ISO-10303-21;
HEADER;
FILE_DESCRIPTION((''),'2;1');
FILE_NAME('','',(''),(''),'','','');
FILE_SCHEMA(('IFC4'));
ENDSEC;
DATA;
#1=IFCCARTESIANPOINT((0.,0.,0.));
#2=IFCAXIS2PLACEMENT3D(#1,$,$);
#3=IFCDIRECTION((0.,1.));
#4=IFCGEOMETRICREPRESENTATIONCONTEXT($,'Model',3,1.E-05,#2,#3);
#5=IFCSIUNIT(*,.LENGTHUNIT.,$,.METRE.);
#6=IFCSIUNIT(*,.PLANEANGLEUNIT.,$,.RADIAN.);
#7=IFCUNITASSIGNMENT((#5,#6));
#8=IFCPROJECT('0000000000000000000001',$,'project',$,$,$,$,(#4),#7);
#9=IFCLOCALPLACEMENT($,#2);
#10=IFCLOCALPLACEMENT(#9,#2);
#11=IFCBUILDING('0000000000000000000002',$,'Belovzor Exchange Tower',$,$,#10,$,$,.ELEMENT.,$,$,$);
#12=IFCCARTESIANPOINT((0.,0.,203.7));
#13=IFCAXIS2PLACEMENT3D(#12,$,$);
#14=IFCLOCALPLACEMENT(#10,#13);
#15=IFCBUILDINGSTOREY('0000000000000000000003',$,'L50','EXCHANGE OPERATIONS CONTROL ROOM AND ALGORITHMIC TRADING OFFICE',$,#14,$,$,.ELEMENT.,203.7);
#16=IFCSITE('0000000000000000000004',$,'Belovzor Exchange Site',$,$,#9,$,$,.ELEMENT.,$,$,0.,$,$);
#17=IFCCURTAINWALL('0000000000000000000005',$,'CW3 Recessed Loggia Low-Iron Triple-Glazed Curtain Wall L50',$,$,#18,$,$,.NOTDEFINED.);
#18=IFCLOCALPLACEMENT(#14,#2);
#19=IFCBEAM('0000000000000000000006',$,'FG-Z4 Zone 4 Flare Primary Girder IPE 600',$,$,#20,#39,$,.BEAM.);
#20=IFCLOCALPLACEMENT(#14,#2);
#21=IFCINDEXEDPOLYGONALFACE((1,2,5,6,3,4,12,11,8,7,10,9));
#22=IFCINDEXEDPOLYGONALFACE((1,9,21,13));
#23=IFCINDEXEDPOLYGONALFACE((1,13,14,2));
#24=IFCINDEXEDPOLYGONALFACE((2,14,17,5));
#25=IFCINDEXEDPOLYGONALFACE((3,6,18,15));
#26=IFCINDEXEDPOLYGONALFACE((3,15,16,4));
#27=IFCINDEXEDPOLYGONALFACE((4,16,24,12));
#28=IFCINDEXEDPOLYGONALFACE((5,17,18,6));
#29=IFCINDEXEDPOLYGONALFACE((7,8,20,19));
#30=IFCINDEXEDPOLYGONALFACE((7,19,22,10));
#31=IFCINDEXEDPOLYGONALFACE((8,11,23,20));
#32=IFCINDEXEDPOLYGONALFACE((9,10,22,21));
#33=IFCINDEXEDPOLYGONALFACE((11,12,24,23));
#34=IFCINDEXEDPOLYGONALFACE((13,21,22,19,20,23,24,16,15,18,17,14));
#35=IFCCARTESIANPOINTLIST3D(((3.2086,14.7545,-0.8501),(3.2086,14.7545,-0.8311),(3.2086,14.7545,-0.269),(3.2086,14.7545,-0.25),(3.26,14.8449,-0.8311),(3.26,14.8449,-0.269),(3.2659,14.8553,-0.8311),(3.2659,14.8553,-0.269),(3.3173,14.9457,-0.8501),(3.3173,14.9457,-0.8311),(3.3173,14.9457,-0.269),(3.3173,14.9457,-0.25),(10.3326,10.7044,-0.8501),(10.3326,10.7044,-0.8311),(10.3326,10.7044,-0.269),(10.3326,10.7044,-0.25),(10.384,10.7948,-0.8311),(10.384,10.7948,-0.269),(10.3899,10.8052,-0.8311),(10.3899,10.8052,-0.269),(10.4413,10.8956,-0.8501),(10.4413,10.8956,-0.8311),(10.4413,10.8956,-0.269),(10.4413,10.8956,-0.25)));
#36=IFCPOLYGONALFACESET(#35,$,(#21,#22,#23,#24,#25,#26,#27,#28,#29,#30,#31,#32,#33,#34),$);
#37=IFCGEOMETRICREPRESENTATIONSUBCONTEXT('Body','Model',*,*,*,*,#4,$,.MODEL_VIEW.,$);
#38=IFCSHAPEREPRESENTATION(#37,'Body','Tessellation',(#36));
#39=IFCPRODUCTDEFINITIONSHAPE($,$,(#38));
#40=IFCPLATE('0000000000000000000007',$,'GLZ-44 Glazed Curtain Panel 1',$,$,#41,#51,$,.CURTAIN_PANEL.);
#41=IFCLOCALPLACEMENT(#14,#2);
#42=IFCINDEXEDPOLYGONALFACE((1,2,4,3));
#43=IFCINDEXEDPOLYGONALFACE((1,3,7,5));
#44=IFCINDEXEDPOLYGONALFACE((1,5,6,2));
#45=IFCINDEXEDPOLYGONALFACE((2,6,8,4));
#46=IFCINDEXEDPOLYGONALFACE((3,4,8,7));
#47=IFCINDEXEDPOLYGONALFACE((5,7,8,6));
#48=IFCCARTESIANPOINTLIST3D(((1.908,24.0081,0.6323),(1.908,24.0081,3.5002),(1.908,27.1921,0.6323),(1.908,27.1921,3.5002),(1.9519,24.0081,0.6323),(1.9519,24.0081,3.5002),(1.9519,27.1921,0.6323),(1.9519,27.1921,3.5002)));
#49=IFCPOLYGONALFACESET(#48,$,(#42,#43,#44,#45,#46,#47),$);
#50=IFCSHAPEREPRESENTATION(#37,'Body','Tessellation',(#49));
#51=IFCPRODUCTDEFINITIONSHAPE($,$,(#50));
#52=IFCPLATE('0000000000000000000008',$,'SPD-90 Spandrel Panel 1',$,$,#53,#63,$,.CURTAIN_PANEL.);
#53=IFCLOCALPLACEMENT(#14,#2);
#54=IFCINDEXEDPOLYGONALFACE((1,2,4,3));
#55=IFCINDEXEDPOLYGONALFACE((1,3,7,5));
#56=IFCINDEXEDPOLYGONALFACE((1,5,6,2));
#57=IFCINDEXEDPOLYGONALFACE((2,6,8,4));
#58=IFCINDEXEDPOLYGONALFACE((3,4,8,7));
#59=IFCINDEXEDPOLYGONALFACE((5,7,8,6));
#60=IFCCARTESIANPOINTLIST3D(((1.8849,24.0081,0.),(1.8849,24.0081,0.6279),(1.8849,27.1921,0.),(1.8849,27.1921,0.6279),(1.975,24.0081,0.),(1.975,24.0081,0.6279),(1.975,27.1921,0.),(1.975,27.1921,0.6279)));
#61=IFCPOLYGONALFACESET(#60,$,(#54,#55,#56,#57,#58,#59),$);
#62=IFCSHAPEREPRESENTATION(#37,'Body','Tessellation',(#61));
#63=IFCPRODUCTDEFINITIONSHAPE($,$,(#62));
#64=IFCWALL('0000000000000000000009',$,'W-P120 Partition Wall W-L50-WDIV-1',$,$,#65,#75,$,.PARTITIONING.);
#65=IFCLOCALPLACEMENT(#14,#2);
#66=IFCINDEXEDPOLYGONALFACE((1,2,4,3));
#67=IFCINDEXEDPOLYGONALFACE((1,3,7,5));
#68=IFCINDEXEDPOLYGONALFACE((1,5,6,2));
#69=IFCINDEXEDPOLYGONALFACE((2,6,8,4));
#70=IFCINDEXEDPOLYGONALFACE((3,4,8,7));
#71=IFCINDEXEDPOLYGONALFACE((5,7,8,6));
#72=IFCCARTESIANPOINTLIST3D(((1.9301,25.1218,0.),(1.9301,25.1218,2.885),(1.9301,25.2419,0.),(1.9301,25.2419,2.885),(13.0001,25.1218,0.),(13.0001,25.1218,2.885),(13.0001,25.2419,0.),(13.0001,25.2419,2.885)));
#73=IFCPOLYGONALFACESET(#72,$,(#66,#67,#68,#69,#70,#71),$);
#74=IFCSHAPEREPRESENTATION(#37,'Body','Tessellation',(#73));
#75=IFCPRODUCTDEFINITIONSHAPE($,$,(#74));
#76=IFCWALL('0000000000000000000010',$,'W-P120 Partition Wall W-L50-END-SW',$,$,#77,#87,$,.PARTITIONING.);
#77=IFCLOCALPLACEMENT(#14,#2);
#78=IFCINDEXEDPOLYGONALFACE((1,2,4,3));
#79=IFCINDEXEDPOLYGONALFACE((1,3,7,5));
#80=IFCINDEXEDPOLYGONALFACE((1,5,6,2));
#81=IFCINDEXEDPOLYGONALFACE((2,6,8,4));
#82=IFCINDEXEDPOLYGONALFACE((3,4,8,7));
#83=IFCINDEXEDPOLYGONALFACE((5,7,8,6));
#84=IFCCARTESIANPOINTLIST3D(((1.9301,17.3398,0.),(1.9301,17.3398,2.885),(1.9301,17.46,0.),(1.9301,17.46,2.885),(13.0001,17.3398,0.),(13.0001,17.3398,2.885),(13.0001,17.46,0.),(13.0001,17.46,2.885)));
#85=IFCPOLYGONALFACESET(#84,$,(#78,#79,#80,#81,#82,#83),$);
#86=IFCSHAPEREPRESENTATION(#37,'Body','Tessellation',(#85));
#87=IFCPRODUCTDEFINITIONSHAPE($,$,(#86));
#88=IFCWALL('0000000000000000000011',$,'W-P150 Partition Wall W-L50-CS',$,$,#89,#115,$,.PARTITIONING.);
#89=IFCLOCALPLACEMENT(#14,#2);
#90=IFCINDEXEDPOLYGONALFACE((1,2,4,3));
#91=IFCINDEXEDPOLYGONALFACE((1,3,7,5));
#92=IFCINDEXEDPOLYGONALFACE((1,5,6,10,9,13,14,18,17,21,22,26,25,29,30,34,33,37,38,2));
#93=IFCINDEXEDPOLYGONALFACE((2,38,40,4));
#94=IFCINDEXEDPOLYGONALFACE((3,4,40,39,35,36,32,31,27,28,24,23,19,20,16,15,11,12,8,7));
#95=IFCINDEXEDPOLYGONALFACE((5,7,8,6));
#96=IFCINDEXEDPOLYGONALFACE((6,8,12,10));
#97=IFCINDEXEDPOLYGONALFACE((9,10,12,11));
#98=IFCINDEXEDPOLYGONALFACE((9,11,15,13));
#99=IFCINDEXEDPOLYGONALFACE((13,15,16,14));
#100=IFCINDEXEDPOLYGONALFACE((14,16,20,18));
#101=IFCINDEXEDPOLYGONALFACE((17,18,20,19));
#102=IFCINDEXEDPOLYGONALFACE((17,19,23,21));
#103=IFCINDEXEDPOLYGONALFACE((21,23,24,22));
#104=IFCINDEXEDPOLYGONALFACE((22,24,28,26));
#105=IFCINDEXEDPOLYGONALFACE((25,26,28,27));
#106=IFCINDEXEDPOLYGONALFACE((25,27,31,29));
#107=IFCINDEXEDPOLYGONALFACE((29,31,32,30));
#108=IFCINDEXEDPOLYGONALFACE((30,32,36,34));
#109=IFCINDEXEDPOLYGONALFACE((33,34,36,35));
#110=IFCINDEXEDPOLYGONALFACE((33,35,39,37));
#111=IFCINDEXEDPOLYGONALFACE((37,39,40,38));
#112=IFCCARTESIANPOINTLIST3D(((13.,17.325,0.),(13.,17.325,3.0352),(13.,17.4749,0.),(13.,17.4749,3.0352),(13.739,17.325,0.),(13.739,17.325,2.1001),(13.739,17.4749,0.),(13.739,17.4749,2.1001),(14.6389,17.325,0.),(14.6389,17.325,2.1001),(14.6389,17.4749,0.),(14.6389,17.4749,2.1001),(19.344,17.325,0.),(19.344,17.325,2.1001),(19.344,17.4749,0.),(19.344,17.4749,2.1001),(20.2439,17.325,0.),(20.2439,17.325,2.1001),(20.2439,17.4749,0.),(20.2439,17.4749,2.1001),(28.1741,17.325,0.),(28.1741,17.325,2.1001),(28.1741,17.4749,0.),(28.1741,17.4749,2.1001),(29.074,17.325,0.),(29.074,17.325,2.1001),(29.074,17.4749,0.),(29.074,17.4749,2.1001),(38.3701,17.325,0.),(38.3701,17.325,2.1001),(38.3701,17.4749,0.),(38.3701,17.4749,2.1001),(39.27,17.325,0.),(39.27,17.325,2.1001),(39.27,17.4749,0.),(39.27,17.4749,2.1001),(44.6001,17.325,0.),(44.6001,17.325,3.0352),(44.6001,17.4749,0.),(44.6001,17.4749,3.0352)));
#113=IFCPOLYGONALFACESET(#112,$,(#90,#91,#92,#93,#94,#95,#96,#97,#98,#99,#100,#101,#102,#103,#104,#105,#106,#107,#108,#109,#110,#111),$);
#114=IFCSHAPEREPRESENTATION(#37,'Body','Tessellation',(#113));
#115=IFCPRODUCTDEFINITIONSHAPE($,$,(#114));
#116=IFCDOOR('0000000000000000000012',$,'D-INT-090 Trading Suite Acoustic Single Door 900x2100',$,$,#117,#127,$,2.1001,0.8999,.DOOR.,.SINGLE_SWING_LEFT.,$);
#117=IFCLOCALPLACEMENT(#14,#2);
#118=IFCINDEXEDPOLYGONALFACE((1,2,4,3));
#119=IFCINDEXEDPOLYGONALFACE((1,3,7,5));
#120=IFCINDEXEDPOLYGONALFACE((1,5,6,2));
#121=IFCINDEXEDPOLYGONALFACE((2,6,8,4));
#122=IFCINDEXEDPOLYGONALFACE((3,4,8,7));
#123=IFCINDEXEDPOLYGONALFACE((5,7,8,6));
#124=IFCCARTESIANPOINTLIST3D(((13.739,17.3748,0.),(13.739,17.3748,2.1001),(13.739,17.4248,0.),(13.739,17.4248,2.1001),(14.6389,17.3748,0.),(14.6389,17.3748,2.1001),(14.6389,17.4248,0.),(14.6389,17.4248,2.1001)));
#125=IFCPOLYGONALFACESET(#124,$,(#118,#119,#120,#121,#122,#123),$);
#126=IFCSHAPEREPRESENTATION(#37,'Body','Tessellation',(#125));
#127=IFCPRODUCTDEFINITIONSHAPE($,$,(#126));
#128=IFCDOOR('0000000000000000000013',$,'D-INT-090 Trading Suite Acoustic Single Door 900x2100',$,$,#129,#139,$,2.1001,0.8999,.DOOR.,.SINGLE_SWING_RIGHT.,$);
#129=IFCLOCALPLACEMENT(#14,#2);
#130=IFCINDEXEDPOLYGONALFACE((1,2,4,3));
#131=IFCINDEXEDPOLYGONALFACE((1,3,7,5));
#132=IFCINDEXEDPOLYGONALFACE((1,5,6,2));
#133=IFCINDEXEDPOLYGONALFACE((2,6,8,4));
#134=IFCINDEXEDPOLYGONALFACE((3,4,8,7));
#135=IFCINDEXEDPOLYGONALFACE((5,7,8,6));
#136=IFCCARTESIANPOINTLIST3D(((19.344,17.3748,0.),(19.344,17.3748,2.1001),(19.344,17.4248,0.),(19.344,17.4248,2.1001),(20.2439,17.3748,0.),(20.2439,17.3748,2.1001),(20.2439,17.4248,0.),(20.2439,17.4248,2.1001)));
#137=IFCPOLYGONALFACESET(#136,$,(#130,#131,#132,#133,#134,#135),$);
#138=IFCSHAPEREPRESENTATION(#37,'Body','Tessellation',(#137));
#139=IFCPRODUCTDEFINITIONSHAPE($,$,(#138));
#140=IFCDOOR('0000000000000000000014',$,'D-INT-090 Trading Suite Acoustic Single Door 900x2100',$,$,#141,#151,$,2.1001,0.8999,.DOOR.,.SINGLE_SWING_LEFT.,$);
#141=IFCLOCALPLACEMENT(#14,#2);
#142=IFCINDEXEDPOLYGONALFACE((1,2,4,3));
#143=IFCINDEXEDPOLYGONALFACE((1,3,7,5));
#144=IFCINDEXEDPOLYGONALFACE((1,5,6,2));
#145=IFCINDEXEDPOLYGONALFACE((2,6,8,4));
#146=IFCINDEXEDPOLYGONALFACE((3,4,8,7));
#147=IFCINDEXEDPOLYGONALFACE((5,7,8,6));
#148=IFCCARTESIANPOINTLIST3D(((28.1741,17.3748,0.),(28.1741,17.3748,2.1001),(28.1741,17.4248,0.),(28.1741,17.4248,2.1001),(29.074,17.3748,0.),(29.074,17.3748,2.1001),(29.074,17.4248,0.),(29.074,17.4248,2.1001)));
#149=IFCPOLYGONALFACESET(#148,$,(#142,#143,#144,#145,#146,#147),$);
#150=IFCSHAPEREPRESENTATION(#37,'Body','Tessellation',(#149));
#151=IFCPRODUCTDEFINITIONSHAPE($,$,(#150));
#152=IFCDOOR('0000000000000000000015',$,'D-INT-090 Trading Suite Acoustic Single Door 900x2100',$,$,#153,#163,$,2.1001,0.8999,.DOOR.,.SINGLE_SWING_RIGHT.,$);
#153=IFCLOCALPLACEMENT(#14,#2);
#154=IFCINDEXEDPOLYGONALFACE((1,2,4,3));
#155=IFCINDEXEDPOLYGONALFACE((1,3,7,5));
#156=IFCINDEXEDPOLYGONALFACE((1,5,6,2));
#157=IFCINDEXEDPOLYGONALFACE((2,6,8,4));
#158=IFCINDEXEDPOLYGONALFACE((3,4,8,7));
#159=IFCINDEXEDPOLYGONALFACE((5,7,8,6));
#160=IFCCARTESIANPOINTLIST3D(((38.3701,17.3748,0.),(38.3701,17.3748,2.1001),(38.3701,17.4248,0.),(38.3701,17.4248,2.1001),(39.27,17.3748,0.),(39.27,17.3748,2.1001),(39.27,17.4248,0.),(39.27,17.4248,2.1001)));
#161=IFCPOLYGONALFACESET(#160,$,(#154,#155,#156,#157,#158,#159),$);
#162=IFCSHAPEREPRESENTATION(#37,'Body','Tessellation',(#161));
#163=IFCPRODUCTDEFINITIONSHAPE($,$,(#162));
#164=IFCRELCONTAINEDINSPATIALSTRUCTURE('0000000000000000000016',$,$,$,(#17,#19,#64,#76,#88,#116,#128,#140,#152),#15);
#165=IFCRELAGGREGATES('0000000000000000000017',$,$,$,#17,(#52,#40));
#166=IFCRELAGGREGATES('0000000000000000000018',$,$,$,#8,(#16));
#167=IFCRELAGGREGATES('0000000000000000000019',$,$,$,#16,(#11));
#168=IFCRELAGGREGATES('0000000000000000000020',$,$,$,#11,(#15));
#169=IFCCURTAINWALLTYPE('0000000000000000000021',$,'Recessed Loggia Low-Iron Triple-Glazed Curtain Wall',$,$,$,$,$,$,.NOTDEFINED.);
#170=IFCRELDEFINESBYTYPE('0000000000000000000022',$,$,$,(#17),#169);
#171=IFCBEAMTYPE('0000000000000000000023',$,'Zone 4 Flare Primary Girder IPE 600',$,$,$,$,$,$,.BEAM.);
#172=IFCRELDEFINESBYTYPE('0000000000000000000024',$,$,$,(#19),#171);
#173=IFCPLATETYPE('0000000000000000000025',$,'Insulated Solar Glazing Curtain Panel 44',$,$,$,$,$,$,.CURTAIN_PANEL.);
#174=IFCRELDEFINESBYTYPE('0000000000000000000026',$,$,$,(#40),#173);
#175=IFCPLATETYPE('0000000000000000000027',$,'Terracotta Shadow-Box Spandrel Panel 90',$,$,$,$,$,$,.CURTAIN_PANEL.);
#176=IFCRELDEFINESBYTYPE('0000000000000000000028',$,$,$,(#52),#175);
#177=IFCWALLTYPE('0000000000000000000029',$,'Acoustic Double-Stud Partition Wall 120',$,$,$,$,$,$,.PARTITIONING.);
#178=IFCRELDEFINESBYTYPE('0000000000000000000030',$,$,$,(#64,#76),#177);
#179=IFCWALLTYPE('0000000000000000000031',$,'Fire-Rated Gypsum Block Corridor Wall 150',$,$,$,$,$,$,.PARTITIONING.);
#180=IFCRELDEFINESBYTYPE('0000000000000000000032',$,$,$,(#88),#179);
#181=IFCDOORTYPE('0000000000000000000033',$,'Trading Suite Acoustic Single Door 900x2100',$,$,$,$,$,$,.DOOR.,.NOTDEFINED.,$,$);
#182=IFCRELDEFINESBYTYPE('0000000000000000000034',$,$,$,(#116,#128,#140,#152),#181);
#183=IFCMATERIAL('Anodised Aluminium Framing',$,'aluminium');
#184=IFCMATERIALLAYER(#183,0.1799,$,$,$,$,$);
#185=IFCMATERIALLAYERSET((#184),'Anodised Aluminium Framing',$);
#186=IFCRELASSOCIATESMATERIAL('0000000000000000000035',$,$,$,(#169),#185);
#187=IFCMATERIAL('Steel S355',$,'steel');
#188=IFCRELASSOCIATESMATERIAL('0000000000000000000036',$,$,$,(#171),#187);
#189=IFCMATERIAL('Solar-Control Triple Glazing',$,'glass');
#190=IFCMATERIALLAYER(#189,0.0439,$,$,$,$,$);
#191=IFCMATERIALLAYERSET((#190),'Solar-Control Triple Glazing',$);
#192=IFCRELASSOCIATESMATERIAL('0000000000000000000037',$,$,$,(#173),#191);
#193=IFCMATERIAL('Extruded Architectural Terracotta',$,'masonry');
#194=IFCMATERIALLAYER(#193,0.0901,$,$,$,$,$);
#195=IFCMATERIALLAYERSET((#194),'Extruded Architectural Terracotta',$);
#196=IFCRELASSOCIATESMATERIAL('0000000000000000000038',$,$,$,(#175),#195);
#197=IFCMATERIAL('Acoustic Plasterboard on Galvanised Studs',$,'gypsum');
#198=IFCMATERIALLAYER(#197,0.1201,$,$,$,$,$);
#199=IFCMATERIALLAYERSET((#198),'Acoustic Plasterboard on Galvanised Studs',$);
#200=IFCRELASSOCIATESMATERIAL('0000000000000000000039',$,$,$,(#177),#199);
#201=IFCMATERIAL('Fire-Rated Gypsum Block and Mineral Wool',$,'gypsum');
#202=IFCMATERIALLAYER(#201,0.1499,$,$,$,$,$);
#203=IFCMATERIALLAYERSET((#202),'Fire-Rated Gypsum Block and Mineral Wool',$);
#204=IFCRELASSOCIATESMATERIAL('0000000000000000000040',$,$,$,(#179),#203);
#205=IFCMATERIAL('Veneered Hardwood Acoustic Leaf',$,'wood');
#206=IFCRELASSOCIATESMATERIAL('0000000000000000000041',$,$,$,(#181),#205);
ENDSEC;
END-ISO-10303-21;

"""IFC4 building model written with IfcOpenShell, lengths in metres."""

from ifc_helpers import new_model, si_unit, direction, frame, frame_2d, origin, origin_2d, place, context, subcontext, project, spatial, rectangle, i_section, extrude, material, layer, layer_set, material_profile, profile_set, type_object, element, fill, aggregate, save


model = new_model("IFC4")

# Units and contexts
model_context = context("Model", 3, precision=1e-05, world=origin(), true_north=direction((0.0, 1.0)))
body_context = subcontext(model_context, "Body", "Model", "MODEL_VIEW")
ifc_project = project(units=[si_unit("LENGTHUNIT", "METRE"), si_unit("PLANEANGLEUNIT", "RADIAN")], contexts=[model_context])

# Site, building, storey
site_placement = place(None, origin())
site = spatial("IfcSite", under=ifc_project, at=site_placement, Name="Belovzor Exchange Site", CompositionType="ELEMENT", RefElevation=0.0)
building_placement = place(site_placement, origin())
building = spatial("IfcBuilding", under=site, at=building_placement, Name="Belovzor Exchange Tower", CompositionType="ELEMENT")
storey_placement = place(building_placement, frame((0.0, 0.0, 203.7)))
storey = spatial("IfcBuildingStorey", under=building, at=storey_placement, Name="L50", Description="EXCHANGE OPERATIONS CONTROL ROOM AND ALGORITHMIC TRADING OFFICE", CompositionType="ELEMENT", Elevation=203.7)

# Curtain wall
ifc_material_1 = material(Name="Anodised Aluminium Framing", Category="aluminium")
ifc_layer_1 = layer(ifc_material_1, 0.1799)
ifc_layer_set_1 = layer_set([ifc_layer_1], Name="Anodised Aluminium Framing")
curtain_wall_type = type_object("IfcCurtainWallType", Name="Recessed Loggia Low-Iron Triple-Glazed Curtain Wall", PredefinedType="NOTDEFINED", material=ifc_layer_set_1)
curtain_wall_placement = place(storey_placement, origin())
curtain_wall = element("IfcCurtainWall", 1, at=curtain_wall_placement, inside=storey, type_object=curtain_wall_type, Name="CW3 Recessed Loggia Low-Iron Triple-Glazed Curtain Wall L50", PredefinedType="NOTDEFINED")

# Beam
ifc_material_2 = material(Name="Steel S355", Category="steel")
ifc_material_profile_1 = material_profile(ifc_material_2, i_section(OverallWidth=0.22, OverallDepth=0.6001, WebThickness=0.012, FlangeThickness=0.019, at=origin_2d()))
ifc_profile_set_1 = profile_set([ifc_material_profile_1], Name="Steel S355")
beam_type_1 = type_object("IfcBeamType", Name="Zone 4 Flare Primary Girder IPE 600", PredefinedType="BEAM", material=ifc_profile_set_1)
beam_1_placement = place(storey_placement, frame((3.2629, 14.8501, -0.55), z_axis=(0.869336, -0.494222, 0.0), x_axis=(0.494222, 0.869336, 0.0)))
element("IfcBeam", 2, at=beam_1_placement, inside=storey, type_object=beam_type_1, Name="FG-Z4 Zone 4 Flare Primary Girder IPE 600", PredefinedType="BEAM", context=body_context, shape_type="SweptSolid", body=[
    extrude(i_section(OverallWidth=0.22, OverallDepth=0.6001, WebThickness=0.012, FlangeThickness=0.019, at=origin_2d()), origin(), (0.0, 0.0, 1.0), 8.1948),
])

# Plates
ifc_material_3 = material(Name="Solar-Control Triple Glazing", Category="glass")
ifc_layer_2 = layer(ifc_material_3, 0.0439)
ifc_layer_set_2 = layer_set([ifc_layer_2], Name="Solar-Control Triple Glazing")
plate_type_1 = type_object("IfcPlateType", Name="Insulated Solar Glazing Curtain Panel 44", PredefinedType="CURTAIN_PANEL", material=ifc_layer_set_2)
plate_1_placement = place(storey_placement, frame((1.9299, 25.6001, 0.6323), z_axis=(0.0, 0.0, 1.0), x_axis=(0.0, 1.0, 0.0)))
plate_1 = element("IfcPlate", 3, at=plate_1_placement, type_object=plate_type_1, Name="GLZ-44 Glazed Curtain Panel 1", PredefinedType="CURTAIN_PANEL", context=body_context, shape_type="SweptSolid", body=[
    extrude(rectangle(XDim=3.1841, YDim=0.0439, at=origin_2d()), origin(), (0.0, 0.0, 1.0), 2.8679),
])
ifc_material_4 = material(Name="Extruded Architectural Terracotta", Category="masonry")
ifc_layer_3 = layer(ifc_material_4, 0.0901)
ifc_layer_set_3 = layer_set([ifc_layer_3], Name="Extruded Architectural Terracotta")
plate_type_2 = type_object("IfcPlateType", Name="Terracotta Shadow-Box Spandrel Panel 90", PredefinedType="CURTAIN_PANEL", material=ifc_layer_set_3)
plate_2_placement = place(storey_placement, frame((1.9299, 25.6001, 0.0), z_axis=(0.0, 0.0, 1.0), x_axis=(0.0, 1.0, 0.0)))
plate_2 = element("IfcPlate", 4, at=plate_2_placement, type_object=plate_type_2, Name="SPD-90 Spandrel Panel 1", PredefinedType="CURTAIN_PANEL", context=body_context, shape_type="SweptSolid", body=[
    extrude(rectangle(XDim=3.1841, YDim=0.0901, at=origin_2d()), origin(), (0.0, 0.0, 1.0), 0.6279),
])
aggregate(curtain_wall, [plate_2, plate_1])

# Walls
ifc_material_5 = material(Name="Acoustic Plasterboard on Galvanised Studs", Category="gypsum")
ifc_layer_4 = layer(ifc_material_5, 0.1201)
ifc_layer_set_4 = layer_set([ifc_layer_4], Name="Acoustic Plasterboard on Galvanised Studs")
wall_type_1 = type_object("IfcWallType", Name="Acoustic Double-Stud Partition Wall 120", PredefinedType="PARTITIONING", material=ifc_layer_set_4)
for number, where, z_axis, x_axis, name in (
    (5, (1.9299, 25.1819, 0.0), (0.0, 0.0, 1.0), (1.0, 0.0, 0.0), "W-P120 Partition Wall W-L50-WDIV-1"),
    (6, (1.9299, 17.3999, 0.0), (0.0, 0.0, 1.0), (1.0, 0.0, 0.0), "W-P120 Partition Wall W-L50-END-SW"),
):
    element("IfcWall", number, at=place(storey_placement, frame(where, z_axis=z_axis, x_axis=x_axis)), inside=storey, type_object=wall_type_1, Name=name, PredefinedType="PARTITIONING", context=body_context, shape_type="SweptSolid", body=[
        extrude(rectangle(XDim=11.0701, YDim=0.1201, at=frame_2d((5.5352, 0.0))), origin(), (0.0, 0.0, 1.0), 2.885),
    ])

# Wall, openings, doors
ifc_material_6 = material(Name="Fire-Rated Gypsum Block and Mineral Wool", Category="gypsum")
ifc_layer_5 = layer(ifc_material_6, 0.1499)
ifc_layer_set_5 = layer_set([ifc_layer_5], Name="Fire-Rated Gypsum Block and Mineral Wool")
wall_type_2 = type_object("IfcWallType", Name="Fire-Rated Gypsum Block Corridor Wall 150", PredefinedType="PARTITIONING", material=ifc_layer_set_5)
wall_1_placement = place(storey_placement, frame((13.0, 17.3999, 0.0), z_axis=(0.0, 0.0, 1.0), x_axis=(1.0, 0.0, 0.0)))
wall_1 = element("IfcWall", 7, at=wall_1_placement, inside=storey, type_object=wall_type_2, Name="W-P150 Partition Wall W-L50-CS", PredefinedType="PARTITIONING", context=body_context, shape_type="SweptSolid", body=[
    extrude(rectangle(XDim=31.6001, YDim=0.1499, at=frame_2d((15.8, 0.0))), origin(), (0.0, 0.0, 1.0), 3.0352),
])
opening_1_placement = place(wall_1_placement, frame((0.739, 0.0, 0.0)))
opening_1 = element("IfcOpeningElement", 8, at=opening_1_placement, cuts=wall_1, PredefinedType="OPENING", context=body_context, shape_type="SweptSolid", body=[
    extrude(rectangle(XDim=0.8999, YDim=2.1001, at=frame_2d((0.45, 1.05))), frame((0.0, 0.085, 0.0), z_axis=(0.0, -1.0, 0.0), x_axis=(1.0, 0.0, 0.0)), (0.0, 0.0, 1.0), 0.1699),
])
opening_2_placement = place(wall_1_placement, frame((6.344, 0.0, 0.0)))
opening_2 = element("IfcOpeningElement", 9, at=opening_2_placement, cuts=wall_1, PredefinedType="OPENING", context=body_context, shape_type="SweptSolid", body=[
    extrude(rectangle(XDim=0.8999, YDim=2.1001, at=frame_2d((0.45, 1.05))), frame((0.0, 0.085, 0.0), z_axis=(0.0, -1.0, 0.0), x_axis=(1.0, 0.0, 0.0)), (0.0, 0.0, 1.0), 0.1699),
])
opening_3_placement = place(wall_1_placement, frame((15.1741, 0.0, 0.0)))
opening_3 = element("IfcOpeningElement", 10, at=opening_3_placement, cuts=wall_1, PredefinedType="OPENING", context=body_context, shape_type="SweptSolid", body=[
    extrude(rectangle(XDim=0.8999, YDim=2.1001, at=frame_2d((0.45, 1.05))), frame((0.0, 0.085, 0.0), z_axis=(0.0, -1.0, 0.0), x_axis=(1.0, 0.0, 0.0)), (0.0, 0.0, 1.0), 0.1699),
])
opening_4_placement = place(wall_1_placement, frame((25.3701, 0.0, 0.0)))
opening_4 = element("IfcOpeningElement", 11, at=opening_4_placement, cuts=wall_1, PredefinedType="OPENING", context=body_context, shape_type="SweptSolid", body=[
    extrude(rectangle(XDim=0.8999, YDim=2.1001, at=frame_2d((0.45, 1.05))), frame((0.0, 0.085, 0.0), z_axis=(0.0, -1.0, 0.0), x_axis=(1.0, 0.0, 0.0)), (0.0, 0.0, 1.0), 0.1699),
])
ifc_material_7 = material(Name="Veneered Hardwood Acoustic Leaf", Category="wood")
door_type = type_object("IfcDoorType", Name="Trading Suite Acoustic Single Door 900x2100", OperationType="NOTDEFINED", PredefinedType="DOOR", material=ifc_material_7)
door_1_placement = place(opening_1_placement, origin())
door_1 = element("IfcDoor", 12, at=door_1_placement, inside=storey, type_object=door_type, Name="D-INT-090 Trading Suite Acoustic Single Door 900x2100", OperationType="SINGLE_SWING_LEFT", OverallHeight=2.1001, OverallWidth=0.8999, PredefinedType="DOOR", context=body_context, shape_type="SweptSolid", body=[
    extrude(rectangle(XDim=0.8999, YDim=2.1001, at=frame_2d((0.45, 1.05))), frame((0.0, 0.0249, 0.0), z_axis=(0.0, -1.0, 0.0), x_axis=(1.0, 0.0, 0.0)), (0.0, 0.0, 1.0), 0.05),
])
fill(opening_1, door_1)
door_2_placement = place(opening_2_placement, origin())
door_2 = element("IfcDoor", 13, at=door_2_placement, inside=storey, type_object=door_type, Name="D-INT-090 Trading Suite Acoustic Single Door 900x2100", OperationType="SINGLE_SWING_RIGHT", OverallHeight=2.1001, OverallWidth=0.8999, PredefinedType="DOOR", context=body_context, shape_type="SweptSolid", body=[
    extrude(rectangle(XDim=0.8999, YDim=2.1001, at=frame_2d((0.45, 1.05))), frame((0.0, 0.0249, 0.0), z_axis=(0.0, -1.0, 0.0), x_axis=(1.0, 0.0, 0.0)), (0.0, 0.0, 1.0), 0.05),
])
fill(opening_2, door_2)
door_3_placement = place(opening_3_placement, origin())
door_3 = element("IfcDoor", 14, at=door_3_placement, inside=storey, type_object=door_type, Name="D-INT-090 Trading Suite Acoustic Single Door 900x2100", OperationType="SINGLE_SWING_LEFT", OverallHeight=2.1001, OverallWidth=0.8999, PredefinedType="DOOR", context=body_context, shape_type="SweptSolid", body=[
    extrude(rectangle(XDim=0.8999, YDim=2.1001, at=frame_2d((0.45, 1.05))), frame((0.0, 0.0249, 0.0), z_axis=(0.0, -1.0, 0.0), x_axis=(1.0, 0.0, 0.0)), (0.0, 0.0, 1.0), 0.05),
])
fill(opening_3, door_3)
door_4_placement = place(opening_4_placement, origin())
door_4 = element("IfcDoor", 15, at=door_4_placement, inside=storey, type_object=door_type, Name="D-INT-090 Trading Suite Acoustic Single Door 900x2100", OperationType="SINGLE_SWING_RIGHT", OverallHeight=2.1001, OverallWidth=0.8999, PredefinedType="DOOR", context=body_context, shape_type="SweptSolid", body=[
    extrude(rectangle(XDim=0.8999, YDim=2.1001, at=frame_2d((0.45, 1.05))), frame((0.0, 0.0249, 0.0), z_axis=(0.0, -1.0, 0.0), x_axis=(1.0, 0.0, 0.0)), (0.0, 0.0, 1.0), 0.05),
])
fill(opening_4, door_4)

save(model, "model.ifc")
